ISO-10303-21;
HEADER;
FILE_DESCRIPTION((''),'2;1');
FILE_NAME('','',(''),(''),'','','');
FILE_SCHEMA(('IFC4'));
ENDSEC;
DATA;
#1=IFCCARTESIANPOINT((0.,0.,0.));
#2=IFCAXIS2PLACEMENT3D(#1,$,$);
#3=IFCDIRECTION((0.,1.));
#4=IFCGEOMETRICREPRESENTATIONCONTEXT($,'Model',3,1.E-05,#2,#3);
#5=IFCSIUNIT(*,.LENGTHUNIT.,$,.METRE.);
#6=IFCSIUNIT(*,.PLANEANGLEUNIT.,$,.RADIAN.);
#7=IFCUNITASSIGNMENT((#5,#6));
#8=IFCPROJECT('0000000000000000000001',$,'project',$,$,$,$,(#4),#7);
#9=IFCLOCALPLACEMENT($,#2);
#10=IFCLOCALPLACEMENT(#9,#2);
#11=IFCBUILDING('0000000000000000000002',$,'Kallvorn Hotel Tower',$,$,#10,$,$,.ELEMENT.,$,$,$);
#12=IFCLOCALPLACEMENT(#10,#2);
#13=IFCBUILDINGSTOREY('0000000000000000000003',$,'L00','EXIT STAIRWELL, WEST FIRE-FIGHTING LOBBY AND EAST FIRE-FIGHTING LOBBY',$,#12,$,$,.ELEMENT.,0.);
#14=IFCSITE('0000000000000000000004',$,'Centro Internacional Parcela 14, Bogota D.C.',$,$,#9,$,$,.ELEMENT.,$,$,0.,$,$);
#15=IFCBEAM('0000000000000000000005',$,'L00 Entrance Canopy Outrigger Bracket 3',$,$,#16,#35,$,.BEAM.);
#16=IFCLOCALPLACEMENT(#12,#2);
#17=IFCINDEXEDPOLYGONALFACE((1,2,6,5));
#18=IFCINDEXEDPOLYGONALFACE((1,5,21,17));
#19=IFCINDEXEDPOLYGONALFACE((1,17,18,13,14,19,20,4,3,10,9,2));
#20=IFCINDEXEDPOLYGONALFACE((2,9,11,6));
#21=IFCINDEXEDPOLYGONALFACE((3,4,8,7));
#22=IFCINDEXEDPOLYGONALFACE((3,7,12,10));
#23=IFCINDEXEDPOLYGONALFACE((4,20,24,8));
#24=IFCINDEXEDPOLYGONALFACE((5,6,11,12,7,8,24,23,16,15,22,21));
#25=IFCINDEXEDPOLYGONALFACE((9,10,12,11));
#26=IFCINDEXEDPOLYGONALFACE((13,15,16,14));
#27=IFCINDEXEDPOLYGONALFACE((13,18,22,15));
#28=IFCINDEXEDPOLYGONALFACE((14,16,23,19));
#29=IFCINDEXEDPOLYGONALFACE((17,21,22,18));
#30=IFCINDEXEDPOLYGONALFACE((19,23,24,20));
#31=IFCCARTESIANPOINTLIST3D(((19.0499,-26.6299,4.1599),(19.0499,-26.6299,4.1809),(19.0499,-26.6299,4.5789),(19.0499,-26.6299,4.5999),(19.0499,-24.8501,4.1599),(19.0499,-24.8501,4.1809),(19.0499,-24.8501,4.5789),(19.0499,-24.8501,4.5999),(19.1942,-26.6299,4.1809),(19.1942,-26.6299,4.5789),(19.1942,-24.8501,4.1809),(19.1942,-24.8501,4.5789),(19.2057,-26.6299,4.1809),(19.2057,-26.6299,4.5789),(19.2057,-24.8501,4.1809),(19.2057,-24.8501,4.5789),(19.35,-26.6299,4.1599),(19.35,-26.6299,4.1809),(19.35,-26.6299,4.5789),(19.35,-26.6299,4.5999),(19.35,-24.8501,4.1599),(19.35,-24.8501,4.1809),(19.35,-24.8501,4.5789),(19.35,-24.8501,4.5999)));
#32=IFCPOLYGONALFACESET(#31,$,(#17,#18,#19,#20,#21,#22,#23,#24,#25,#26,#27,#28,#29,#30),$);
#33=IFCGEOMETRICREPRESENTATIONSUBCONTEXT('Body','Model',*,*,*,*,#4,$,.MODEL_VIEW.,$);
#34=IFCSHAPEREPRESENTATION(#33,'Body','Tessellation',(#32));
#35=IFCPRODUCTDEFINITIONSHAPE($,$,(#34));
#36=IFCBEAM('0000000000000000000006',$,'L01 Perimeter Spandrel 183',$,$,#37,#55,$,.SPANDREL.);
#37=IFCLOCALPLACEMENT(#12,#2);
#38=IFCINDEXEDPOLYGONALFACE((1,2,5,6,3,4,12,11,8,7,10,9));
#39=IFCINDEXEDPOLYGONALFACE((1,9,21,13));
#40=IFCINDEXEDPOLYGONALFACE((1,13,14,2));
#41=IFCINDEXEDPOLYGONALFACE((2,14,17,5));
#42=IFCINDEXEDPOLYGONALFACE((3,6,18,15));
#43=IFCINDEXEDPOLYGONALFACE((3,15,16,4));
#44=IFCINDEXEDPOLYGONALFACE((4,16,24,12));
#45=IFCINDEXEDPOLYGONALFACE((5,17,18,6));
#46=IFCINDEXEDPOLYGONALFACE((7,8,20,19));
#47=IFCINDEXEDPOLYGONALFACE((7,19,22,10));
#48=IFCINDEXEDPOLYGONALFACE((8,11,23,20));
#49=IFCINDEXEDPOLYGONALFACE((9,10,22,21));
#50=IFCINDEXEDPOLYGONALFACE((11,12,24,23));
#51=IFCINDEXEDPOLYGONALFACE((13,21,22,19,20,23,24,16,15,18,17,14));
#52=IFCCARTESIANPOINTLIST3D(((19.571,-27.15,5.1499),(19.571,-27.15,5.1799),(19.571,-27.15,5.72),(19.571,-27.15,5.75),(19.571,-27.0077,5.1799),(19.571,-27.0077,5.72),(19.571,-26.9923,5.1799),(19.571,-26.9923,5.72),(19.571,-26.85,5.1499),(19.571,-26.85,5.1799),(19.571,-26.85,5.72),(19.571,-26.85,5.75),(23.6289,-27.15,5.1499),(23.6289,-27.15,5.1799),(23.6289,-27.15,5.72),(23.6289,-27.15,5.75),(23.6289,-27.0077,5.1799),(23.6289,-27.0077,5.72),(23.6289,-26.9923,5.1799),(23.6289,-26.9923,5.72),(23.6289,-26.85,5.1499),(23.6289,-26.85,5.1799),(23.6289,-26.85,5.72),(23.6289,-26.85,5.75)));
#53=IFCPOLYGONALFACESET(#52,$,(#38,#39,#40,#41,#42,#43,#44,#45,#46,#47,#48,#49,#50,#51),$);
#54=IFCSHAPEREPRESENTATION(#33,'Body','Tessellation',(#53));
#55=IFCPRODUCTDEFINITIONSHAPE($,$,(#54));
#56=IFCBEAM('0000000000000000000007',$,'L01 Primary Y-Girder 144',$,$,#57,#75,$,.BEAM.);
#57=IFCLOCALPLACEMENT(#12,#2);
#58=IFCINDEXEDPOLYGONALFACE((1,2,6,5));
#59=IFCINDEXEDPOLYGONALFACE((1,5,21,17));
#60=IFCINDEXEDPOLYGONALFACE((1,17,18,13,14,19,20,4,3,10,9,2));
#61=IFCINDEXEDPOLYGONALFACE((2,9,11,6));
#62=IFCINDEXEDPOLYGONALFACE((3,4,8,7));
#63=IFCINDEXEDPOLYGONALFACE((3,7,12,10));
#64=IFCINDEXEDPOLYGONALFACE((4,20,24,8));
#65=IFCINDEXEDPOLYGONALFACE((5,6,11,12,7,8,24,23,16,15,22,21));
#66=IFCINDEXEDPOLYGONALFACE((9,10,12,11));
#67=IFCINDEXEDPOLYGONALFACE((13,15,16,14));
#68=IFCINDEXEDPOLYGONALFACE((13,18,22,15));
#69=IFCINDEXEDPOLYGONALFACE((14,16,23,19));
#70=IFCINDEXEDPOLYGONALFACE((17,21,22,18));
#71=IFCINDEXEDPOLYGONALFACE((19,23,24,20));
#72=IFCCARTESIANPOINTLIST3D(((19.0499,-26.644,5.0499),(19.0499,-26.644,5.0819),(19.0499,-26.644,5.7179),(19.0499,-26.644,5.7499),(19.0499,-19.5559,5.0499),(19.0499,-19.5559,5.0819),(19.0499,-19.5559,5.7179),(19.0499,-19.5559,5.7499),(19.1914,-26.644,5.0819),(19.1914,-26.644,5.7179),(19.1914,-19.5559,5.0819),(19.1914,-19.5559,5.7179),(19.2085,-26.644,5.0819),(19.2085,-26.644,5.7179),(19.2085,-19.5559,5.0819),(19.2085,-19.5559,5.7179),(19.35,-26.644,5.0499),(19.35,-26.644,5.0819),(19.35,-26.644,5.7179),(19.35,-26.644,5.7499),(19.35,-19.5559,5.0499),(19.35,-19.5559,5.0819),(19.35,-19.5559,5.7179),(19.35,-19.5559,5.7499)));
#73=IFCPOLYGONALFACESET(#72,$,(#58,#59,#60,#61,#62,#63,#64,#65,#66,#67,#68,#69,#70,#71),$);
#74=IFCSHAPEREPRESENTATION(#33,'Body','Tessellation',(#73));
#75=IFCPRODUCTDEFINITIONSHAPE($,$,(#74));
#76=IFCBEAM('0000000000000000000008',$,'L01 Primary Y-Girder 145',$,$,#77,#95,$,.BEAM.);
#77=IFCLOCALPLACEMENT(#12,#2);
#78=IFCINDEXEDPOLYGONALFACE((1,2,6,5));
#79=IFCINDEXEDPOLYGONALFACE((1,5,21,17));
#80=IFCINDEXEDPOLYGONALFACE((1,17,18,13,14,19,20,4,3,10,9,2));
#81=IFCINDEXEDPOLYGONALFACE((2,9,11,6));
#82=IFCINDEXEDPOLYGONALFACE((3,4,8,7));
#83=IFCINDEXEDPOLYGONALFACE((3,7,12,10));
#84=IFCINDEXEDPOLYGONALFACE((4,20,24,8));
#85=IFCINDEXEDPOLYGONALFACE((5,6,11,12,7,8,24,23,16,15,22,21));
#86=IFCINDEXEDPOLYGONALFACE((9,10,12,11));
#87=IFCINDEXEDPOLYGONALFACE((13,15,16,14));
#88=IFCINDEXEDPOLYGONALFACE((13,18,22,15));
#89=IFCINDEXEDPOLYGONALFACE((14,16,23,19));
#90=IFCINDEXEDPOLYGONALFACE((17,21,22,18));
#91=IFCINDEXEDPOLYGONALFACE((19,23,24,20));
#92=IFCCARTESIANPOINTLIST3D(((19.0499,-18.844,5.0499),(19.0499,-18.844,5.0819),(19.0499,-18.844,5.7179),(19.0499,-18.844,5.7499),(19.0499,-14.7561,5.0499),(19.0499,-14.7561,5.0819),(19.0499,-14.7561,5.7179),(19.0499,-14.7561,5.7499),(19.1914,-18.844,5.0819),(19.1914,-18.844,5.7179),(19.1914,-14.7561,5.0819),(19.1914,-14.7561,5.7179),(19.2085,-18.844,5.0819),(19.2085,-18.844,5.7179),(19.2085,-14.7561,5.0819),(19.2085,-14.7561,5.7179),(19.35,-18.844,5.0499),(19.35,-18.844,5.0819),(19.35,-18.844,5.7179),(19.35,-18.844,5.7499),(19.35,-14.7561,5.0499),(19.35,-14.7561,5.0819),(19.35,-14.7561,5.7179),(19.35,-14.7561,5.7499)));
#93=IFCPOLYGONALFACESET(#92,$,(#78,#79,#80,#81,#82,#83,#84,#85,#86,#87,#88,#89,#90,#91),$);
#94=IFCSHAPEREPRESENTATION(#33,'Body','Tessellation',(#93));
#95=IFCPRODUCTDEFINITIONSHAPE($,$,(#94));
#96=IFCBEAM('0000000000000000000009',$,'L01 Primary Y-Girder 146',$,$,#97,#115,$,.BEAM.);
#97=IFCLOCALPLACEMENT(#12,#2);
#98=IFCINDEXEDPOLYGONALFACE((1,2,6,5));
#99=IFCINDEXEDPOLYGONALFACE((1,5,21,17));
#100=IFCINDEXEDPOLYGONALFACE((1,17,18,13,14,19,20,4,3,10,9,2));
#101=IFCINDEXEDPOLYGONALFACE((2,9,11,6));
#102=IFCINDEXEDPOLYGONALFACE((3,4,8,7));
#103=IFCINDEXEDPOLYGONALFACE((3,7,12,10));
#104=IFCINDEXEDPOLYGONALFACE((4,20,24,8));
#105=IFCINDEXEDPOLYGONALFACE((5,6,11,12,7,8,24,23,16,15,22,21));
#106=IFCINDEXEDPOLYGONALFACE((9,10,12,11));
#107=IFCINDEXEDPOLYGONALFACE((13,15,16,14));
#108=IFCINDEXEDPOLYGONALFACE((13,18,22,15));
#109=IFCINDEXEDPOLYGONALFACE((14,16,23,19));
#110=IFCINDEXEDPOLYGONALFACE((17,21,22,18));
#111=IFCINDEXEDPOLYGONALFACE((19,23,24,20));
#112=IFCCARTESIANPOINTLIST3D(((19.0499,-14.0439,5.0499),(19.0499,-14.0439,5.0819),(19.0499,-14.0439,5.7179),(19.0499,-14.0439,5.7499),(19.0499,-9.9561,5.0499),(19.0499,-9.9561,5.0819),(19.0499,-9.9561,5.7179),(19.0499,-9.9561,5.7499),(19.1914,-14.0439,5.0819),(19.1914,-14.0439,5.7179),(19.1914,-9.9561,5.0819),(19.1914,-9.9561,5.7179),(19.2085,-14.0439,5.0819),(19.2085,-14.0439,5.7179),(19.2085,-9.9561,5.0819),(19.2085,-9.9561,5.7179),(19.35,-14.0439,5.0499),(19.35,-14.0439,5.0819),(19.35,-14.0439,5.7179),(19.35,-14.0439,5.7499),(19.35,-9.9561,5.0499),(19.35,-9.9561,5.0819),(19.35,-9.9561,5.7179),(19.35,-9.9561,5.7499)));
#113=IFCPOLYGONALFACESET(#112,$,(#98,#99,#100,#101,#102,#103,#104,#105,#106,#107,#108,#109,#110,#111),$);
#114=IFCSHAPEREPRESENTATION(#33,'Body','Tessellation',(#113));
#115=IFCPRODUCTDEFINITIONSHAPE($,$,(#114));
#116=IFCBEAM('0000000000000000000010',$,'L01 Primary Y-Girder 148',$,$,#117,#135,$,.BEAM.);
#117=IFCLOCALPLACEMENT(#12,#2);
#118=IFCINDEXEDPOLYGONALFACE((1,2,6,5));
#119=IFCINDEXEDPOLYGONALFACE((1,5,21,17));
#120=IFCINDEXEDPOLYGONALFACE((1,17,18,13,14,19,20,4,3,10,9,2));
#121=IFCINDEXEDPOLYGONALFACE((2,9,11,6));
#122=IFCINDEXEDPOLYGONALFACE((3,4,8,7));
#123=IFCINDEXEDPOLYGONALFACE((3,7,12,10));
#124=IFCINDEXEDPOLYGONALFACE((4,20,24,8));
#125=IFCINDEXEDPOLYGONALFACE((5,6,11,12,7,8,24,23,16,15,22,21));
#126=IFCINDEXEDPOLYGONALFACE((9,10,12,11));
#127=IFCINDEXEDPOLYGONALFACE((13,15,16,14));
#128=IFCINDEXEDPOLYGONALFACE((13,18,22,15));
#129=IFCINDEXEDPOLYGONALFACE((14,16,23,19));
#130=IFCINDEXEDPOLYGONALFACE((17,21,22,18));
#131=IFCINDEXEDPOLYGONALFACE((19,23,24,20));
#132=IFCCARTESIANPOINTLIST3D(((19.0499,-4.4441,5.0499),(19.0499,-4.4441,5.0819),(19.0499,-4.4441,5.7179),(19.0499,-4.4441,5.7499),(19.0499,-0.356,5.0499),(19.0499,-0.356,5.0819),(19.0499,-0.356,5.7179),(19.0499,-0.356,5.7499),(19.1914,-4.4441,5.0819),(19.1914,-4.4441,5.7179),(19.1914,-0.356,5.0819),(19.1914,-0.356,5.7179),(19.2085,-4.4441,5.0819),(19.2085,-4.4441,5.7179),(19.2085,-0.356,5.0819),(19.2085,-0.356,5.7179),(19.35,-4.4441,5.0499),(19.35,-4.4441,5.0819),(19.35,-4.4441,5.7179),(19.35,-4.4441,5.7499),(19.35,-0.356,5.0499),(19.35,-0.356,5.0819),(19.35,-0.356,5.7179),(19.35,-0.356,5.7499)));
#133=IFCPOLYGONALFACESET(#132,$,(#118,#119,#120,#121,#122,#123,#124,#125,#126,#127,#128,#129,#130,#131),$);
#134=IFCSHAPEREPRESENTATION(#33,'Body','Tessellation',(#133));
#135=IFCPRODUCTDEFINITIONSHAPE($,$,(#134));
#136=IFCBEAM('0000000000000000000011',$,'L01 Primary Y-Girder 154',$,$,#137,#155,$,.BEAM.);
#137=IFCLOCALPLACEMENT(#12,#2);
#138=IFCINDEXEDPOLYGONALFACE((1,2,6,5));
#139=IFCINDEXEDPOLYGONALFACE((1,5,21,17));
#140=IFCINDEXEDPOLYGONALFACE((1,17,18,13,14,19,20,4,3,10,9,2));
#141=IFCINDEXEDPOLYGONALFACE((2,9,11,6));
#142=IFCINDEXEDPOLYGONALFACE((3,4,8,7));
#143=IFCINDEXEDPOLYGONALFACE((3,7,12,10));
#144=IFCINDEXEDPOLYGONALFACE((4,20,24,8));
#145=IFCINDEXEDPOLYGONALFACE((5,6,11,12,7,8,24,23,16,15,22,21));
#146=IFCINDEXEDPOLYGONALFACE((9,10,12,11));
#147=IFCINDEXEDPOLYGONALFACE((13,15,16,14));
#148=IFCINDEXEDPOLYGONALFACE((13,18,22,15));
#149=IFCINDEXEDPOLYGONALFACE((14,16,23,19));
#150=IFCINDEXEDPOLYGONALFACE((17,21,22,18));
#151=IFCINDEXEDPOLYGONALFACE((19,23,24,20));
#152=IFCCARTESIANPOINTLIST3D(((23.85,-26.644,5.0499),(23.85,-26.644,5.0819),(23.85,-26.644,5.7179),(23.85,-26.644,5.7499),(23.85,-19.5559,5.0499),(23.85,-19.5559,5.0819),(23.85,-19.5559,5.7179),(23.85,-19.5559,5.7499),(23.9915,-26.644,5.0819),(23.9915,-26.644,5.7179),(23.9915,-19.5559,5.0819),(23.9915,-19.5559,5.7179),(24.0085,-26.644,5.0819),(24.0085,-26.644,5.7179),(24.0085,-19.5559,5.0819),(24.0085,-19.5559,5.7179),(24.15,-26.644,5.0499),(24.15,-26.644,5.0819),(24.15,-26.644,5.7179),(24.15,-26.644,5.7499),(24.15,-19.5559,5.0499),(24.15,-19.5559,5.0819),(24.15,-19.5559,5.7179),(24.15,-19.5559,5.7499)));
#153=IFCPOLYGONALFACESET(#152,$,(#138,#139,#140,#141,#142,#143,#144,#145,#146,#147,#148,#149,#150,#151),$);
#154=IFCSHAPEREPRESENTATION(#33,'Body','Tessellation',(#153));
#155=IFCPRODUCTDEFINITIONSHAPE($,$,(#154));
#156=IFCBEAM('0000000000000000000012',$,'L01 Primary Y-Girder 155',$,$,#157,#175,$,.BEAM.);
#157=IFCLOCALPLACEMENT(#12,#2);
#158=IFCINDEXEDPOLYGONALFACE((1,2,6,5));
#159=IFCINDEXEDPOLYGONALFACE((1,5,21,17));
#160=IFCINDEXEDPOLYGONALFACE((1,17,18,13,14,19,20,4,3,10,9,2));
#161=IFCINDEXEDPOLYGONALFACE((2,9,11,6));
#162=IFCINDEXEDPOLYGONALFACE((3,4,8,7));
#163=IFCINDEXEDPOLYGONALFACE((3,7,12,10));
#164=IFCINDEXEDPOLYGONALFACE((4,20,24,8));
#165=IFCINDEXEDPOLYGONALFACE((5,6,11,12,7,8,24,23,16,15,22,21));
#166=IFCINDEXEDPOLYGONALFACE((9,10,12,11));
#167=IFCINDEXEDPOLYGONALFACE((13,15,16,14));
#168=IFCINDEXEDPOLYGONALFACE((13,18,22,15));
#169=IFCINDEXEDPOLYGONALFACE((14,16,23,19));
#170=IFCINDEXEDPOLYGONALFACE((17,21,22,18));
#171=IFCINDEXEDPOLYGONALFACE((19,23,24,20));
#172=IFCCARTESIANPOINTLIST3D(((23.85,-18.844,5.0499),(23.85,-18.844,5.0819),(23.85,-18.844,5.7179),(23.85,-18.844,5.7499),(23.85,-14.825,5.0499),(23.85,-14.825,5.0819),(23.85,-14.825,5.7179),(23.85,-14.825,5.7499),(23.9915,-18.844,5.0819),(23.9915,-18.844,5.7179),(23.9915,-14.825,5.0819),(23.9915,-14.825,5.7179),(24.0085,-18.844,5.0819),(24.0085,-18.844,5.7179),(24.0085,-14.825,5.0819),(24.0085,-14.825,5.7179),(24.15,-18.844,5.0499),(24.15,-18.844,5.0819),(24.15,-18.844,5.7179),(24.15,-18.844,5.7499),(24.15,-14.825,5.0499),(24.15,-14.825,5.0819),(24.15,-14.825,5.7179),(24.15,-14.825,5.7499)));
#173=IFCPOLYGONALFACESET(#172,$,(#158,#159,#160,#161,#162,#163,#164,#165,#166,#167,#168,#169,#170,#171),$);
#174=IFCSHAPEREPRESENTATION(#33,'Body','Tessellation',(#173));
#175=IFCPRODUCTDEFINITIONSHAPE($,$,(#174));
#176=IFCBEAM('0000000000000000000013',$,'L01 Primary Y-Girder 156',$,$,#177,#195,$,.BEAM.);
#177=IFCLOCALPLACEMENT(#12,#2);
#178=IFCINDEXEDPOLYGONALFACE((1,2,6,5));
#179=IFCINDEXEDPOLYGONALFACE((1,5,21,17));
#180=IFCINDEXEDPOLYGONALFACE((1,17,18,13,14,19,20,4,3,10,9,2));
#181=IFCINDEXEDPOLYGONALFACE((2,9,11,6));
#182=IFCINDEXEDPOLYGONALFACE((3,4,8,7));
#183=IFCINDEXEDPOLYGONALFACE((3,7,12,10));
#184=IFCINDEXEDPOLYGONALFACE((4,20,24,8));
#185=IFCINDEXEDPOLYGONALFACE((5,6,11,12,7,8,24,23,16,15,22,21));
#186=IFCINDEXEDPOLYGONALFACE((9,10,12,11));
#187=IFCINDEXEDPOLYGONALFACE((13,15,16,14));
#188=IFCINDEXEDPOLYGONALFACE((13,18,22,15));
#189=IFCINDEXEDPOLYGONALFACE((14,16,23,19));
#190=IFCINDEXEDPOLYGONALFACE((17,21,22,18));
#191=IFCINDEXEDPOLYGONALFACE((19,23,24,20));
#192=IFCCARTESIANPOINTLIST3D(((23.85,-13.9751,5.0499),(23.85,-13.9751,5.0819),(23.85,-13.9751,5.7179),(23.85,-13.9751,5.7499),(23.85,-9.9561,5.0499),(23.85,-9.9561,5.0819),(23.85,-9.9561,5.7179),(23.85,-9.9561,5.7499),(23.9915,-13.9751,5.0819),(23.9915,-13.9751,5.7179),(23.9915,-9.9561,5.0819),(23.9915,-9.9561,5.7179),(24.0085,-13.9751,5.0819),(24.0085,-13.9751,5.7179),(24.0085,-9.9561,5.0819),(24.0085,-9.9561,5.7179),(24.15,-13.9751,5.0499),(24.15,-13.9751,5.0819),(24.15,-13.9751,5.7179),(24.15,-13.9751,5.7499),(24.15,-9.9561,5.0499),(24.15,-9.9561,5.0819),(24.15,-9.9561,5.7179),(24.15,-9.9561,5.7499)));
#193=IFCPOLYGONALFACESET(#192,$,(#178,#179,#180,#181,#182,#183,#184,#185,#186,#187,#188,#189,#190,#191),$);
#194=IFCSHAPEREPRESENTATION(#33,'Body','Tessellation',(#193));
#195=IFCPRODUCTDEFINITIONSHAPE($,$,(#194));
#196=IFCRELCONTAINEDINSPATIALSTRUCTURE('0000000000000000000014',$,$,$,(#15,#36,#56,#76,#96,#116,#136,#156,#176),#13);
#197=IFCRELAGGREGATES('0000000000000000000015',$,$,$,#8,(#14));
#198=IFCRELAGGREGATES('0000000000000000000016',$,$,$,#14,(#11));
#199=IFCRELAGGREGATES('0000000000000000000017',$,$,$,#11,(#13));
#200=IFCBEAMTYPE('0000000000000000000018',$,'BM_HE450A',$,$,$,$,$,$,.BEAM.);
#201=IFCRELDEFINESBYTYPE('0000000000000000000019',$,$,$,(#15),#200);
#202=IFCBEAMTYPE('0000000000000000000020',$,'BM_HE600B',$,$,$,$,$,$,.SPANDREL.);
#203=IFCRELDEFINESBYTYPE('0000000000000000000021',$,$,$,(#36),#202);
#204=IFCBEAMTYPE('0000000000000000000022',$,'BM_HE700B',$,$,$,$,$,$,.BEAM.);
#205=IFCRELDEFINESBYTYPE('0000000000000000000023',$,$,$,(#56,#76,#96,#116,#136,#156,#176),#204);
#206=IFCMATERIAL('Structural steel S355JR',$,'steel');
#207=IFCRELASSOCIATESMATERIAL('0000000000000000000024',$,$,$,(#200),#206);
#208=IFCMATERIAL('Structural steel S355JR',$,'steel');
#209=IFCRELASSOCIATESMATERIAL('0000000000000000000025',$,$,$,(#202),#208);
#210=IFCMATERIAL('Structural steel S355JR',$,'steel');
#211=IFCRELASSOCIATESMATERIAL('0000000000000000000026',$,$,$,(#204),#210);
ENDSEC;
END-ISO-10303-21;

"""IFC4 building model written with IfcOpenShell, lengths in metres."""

from ifc_helpers import new_model, si_unit, direction, frame, origin, origin_2d, place, context, subcontext, project, spatial, i_section, extrude, material, material_profile, profile_set, type_object, element, save


model = new_model("IFC4")

# Units and contexts
model_context = context("Model", 3, precision=1e-05, world=origin(), true_north=direction((0.0, 1.0)))
body_context = subcontext(model_context, "Body", "Model", "MODEL_VIEW")
ifc_project = project(units=[si_unit("LENGTHUNIT", "METRE"), si_unit("PLANEANGLEUNIT", "RADIAN")], contexts=[model_context])

# Site, building, storey
site_placement = place(None, origin())
site = spatial("IfcSite", under=ifc_project, at=site_placement, Name="Centro Internacional Parcela 14, Bogota D.C.", CompositionType="ELEMENT", RefElevation=0.0)
building_placement = place(site_placement, origin())
building = spatial("IfcBuilding", under=site, at=building_placement, Name="Kallvorn Hotel Tower", CompositionType="ELEMENT")
storey_placement = place(building_placement, origin())
storey = spatial("IfcBuildingStorey", under=building, at=storey_placement, Name="L00", Description="EXIT STAIRWELL, WEST FIRE-FIGHTING LOBBY AND EAST FIRE-FIGHTING LOBBY", CompositionType="ELEMENT", Elevation=0.0)

# Beams
ifc_material_1 = material(Name="Structural steel S355JR", Category="steel")
ifc_material_profile_1 = material_profile(ifc_material_1, i_section(OverallWidth=0.3, OverallDepth=0.4399, WebThickness=0.0115, FlangeThickness=0.021, at=origin_2d()), Name="HE 450 A")
ifc_profile_set_1 = profile_set([ifc_material_profile_1], Name="Structural steel S355JR")
beam_type_1 = type_object("IfcBeamType", Name="BM_HE450A", PredefinedType="BEAM", material=ifc_profile_set_1)
beam_1_placement = place(storey_placement, frame((19.2, -26.6299, 4.3799), z_axis=(0.0, 1.0, 0.0), x_axis=(-1.0, 0.0, 0.0)))
element("IfcBeam", 1, at=beam_1_placement, inside=storey, type_object=beam_type_1, Name="L00 Entrance Canopy Outrigger Bracket 3", PredefinedType="BEAM", context=body_context, shape_type="SweptSolid", body=[
    extrude(i_section(OverallWidth=0.3, OverallDepth=0.4399, WebThickness=0.0115, FlangeThickness=0.021, at=origin_2d()), origin(), (0.0, 0.0, 1.0), 1.7798),
])
ifc_material_2 = material(Name="Structural steel S355JR", Category="steel")
ifc_material_profile_2 = material_profile(ifc_material_2, i_section(OverallWidth=0.3, OverallDepth=0.6001, WebThickness=0.0154, FlangeThickness=0.03, at=origin_2d()), Name="HE 600 B")
ifc_profile_set_2 = profile_set([ifc_material_profile_2], Name="Structural steel S355JR")
beam_type_2 = type_object("IfcBeamType", Name="BM_HE600B", PredefinedType="SPANDREL", material=ifc_profile_set_2)
beam_2_placement = place(storey_placement, frame((19.571, -27.0, 5.45), z_axis=(1.0, 0.0, 0.0), x_axis=(0.0, 1.0, 0.0)))
element("IfcBeam", 2, at=beam_2_placement, inside=storey, type_object=beam_type_2, Name="L01 Perimeter Spandrel 183", PredefinedType="SPANDREL", context=body_context, shape_type="SweptSolid", body=[
    extrude(i_section(OverallWidth=0.3, OverallDepth=0.6001, WebThickness=0.0154, FlangeThickness=0.03, at=origin_2d()), origin(), (0.0, 0.0, 1.0), 4.0579),
])
ifc_material_3 = material(Name="Structural steel S355JR", Category="steel")
ifc_material_profile_3 = material_profile(ifc_material_3, i_section(OverallWidth=0.3, OverallDepth=0.7, WebThickness=0.0171, FlangeThickness=0.032, at=origin_2d()), Name="HE 700 B")
ifc_profile_set_3 = profile_set([ifc_material_profile_3], Name="Structural steel S355JR")
beam_type_3 = type_object("IfcBeamType", Name="BM_HE700B", PredefinedType="BEAM", material=ifc_profile_set_3)
beam_3_placement = place(storey_placement, frame((19.2, -26.644, 5.3999), z_axis=(0.0, 1.0, 0.0), x_axis=(-1.0, 0.0, 0.0)))
element("IfcBeam", 3, at=beam_3_placement, inside=storey, type_object=beam_type_3, Name="L01 Primary Y-Girder 144", PredefinedType="BEAM", context=body_context, shape_type="SweptSolid", body=[
    extrude(i_section(OverallWidth=0.3, OverallDepth=0.7, WebThickness=0.0171, FlangeThickness=0.032, at=origin_2d()), origin(), (0.0, 0.0, 1.0), 7.0881),
])
for number, where, z_axis, x_axis, name in (
    (4, (19.2, -18.844, 5.3999), (0.0, 1.0, 0.0), (-1.0, 0.0, 0.0), "L01 Primary Y-Girder 145"),
    (5, (19.2, -14.0439, 5.3999), (0.0, 1.0, 0.0), (-1.0, 0.0, 0.0), "L01 Primary Y-Girder 146"),
):
    element("IfcBeam", number, at=place(storey_placement, frame(where, z_axis=z_axis, x_axis=x_axis)), inside=storey, type_object=beam_type_3, Name=name, PredefinedType="BEAM", context=body_context, shape_type="SweptSolid", body=[
        extrude(i_section(OverallWidth=0.3, OverallDepth=0.7, WebThickness=0.0171, FlangeThickness=0.032, at=origin_2d()), origin(), (0.0, 0.0, 1.0), 4.0879),
    ])
beam_4_placement = place(storey_placement, frame((19.2, -4.4441, 5.3999), z_axis=(0.0, 1.0, 0.0), x_axis=(-1.0, 0.0, 0.0)))
element("IfcBeam", 6, at=beam_4_placement, inside=storey, type_object=beam_type_3, Name="L01 Primary Y-Girder 148", PredefinedType="BEAM", context=body_context, shape_type="SweptSolid", body=[
    extrude(i_section(OverallWidth=0.3, OverallDepth=0.7, WebThickness=0.0171, FlangeThickness=0.032, at=origin_2d()), origin(), (0.0, 0.0, 1.0), 4.0881),
])
beam_5_placement = place(storey_placement, frame((24.0, -26.644, 5.3999), z_axis=(0.0, 1.0, 0.0), x_axis=(-1.0, 0.0, 0.0)))
element("IfcBeam", 7, at=beam_5_placement, inside=storey, type_object=beam_type_3, Name="L01 Primary Y-Girder 154", PredefinedType="BEAM", context=body_context, shape_type="SweptSolid", body=[
    extrude(i_section(OverallWidth=0.3, OverallDepth=0.7, WebThickness=0.0171, FlangeThickness=0.032, at=origin_2d()), origin(), (0.0, 0.0, 1.0), 7.0881),
])
for number, where, z_axis, x_axis, name in (
    (8, (24.0, -18.844, 5.3999), (0.0, 1.0, 0.0), (-1.0, 0.0, 0.0), "L01 Primary Y-Girder 155"),
    (9, (24.0, -13.9751, 5.3999), (0.0, 1.0, 0.0), (-1.0, 0.0, 0.0), "L01 Primary Y-Girder 156"),
):
    element("IfcBeam", number, at=place(storey_placement, frame(where, z_axis=z_axis, x_axis=x_axis)), inside=storey, type_object=beam_type_3, Name=name, PredefinedType="BEAM", context=body_context, shape_type="SweptSolid", body=[
        extrude(i_section(OverallWidth=0.3, OverallDepth=0.7, WebThickness=0.0171, FlangeThickness=0.032, at=origin_2d()), origin(), (0.0, 0.0, 1.0), 4.019),
    ])

save(model, "model.ifc")
